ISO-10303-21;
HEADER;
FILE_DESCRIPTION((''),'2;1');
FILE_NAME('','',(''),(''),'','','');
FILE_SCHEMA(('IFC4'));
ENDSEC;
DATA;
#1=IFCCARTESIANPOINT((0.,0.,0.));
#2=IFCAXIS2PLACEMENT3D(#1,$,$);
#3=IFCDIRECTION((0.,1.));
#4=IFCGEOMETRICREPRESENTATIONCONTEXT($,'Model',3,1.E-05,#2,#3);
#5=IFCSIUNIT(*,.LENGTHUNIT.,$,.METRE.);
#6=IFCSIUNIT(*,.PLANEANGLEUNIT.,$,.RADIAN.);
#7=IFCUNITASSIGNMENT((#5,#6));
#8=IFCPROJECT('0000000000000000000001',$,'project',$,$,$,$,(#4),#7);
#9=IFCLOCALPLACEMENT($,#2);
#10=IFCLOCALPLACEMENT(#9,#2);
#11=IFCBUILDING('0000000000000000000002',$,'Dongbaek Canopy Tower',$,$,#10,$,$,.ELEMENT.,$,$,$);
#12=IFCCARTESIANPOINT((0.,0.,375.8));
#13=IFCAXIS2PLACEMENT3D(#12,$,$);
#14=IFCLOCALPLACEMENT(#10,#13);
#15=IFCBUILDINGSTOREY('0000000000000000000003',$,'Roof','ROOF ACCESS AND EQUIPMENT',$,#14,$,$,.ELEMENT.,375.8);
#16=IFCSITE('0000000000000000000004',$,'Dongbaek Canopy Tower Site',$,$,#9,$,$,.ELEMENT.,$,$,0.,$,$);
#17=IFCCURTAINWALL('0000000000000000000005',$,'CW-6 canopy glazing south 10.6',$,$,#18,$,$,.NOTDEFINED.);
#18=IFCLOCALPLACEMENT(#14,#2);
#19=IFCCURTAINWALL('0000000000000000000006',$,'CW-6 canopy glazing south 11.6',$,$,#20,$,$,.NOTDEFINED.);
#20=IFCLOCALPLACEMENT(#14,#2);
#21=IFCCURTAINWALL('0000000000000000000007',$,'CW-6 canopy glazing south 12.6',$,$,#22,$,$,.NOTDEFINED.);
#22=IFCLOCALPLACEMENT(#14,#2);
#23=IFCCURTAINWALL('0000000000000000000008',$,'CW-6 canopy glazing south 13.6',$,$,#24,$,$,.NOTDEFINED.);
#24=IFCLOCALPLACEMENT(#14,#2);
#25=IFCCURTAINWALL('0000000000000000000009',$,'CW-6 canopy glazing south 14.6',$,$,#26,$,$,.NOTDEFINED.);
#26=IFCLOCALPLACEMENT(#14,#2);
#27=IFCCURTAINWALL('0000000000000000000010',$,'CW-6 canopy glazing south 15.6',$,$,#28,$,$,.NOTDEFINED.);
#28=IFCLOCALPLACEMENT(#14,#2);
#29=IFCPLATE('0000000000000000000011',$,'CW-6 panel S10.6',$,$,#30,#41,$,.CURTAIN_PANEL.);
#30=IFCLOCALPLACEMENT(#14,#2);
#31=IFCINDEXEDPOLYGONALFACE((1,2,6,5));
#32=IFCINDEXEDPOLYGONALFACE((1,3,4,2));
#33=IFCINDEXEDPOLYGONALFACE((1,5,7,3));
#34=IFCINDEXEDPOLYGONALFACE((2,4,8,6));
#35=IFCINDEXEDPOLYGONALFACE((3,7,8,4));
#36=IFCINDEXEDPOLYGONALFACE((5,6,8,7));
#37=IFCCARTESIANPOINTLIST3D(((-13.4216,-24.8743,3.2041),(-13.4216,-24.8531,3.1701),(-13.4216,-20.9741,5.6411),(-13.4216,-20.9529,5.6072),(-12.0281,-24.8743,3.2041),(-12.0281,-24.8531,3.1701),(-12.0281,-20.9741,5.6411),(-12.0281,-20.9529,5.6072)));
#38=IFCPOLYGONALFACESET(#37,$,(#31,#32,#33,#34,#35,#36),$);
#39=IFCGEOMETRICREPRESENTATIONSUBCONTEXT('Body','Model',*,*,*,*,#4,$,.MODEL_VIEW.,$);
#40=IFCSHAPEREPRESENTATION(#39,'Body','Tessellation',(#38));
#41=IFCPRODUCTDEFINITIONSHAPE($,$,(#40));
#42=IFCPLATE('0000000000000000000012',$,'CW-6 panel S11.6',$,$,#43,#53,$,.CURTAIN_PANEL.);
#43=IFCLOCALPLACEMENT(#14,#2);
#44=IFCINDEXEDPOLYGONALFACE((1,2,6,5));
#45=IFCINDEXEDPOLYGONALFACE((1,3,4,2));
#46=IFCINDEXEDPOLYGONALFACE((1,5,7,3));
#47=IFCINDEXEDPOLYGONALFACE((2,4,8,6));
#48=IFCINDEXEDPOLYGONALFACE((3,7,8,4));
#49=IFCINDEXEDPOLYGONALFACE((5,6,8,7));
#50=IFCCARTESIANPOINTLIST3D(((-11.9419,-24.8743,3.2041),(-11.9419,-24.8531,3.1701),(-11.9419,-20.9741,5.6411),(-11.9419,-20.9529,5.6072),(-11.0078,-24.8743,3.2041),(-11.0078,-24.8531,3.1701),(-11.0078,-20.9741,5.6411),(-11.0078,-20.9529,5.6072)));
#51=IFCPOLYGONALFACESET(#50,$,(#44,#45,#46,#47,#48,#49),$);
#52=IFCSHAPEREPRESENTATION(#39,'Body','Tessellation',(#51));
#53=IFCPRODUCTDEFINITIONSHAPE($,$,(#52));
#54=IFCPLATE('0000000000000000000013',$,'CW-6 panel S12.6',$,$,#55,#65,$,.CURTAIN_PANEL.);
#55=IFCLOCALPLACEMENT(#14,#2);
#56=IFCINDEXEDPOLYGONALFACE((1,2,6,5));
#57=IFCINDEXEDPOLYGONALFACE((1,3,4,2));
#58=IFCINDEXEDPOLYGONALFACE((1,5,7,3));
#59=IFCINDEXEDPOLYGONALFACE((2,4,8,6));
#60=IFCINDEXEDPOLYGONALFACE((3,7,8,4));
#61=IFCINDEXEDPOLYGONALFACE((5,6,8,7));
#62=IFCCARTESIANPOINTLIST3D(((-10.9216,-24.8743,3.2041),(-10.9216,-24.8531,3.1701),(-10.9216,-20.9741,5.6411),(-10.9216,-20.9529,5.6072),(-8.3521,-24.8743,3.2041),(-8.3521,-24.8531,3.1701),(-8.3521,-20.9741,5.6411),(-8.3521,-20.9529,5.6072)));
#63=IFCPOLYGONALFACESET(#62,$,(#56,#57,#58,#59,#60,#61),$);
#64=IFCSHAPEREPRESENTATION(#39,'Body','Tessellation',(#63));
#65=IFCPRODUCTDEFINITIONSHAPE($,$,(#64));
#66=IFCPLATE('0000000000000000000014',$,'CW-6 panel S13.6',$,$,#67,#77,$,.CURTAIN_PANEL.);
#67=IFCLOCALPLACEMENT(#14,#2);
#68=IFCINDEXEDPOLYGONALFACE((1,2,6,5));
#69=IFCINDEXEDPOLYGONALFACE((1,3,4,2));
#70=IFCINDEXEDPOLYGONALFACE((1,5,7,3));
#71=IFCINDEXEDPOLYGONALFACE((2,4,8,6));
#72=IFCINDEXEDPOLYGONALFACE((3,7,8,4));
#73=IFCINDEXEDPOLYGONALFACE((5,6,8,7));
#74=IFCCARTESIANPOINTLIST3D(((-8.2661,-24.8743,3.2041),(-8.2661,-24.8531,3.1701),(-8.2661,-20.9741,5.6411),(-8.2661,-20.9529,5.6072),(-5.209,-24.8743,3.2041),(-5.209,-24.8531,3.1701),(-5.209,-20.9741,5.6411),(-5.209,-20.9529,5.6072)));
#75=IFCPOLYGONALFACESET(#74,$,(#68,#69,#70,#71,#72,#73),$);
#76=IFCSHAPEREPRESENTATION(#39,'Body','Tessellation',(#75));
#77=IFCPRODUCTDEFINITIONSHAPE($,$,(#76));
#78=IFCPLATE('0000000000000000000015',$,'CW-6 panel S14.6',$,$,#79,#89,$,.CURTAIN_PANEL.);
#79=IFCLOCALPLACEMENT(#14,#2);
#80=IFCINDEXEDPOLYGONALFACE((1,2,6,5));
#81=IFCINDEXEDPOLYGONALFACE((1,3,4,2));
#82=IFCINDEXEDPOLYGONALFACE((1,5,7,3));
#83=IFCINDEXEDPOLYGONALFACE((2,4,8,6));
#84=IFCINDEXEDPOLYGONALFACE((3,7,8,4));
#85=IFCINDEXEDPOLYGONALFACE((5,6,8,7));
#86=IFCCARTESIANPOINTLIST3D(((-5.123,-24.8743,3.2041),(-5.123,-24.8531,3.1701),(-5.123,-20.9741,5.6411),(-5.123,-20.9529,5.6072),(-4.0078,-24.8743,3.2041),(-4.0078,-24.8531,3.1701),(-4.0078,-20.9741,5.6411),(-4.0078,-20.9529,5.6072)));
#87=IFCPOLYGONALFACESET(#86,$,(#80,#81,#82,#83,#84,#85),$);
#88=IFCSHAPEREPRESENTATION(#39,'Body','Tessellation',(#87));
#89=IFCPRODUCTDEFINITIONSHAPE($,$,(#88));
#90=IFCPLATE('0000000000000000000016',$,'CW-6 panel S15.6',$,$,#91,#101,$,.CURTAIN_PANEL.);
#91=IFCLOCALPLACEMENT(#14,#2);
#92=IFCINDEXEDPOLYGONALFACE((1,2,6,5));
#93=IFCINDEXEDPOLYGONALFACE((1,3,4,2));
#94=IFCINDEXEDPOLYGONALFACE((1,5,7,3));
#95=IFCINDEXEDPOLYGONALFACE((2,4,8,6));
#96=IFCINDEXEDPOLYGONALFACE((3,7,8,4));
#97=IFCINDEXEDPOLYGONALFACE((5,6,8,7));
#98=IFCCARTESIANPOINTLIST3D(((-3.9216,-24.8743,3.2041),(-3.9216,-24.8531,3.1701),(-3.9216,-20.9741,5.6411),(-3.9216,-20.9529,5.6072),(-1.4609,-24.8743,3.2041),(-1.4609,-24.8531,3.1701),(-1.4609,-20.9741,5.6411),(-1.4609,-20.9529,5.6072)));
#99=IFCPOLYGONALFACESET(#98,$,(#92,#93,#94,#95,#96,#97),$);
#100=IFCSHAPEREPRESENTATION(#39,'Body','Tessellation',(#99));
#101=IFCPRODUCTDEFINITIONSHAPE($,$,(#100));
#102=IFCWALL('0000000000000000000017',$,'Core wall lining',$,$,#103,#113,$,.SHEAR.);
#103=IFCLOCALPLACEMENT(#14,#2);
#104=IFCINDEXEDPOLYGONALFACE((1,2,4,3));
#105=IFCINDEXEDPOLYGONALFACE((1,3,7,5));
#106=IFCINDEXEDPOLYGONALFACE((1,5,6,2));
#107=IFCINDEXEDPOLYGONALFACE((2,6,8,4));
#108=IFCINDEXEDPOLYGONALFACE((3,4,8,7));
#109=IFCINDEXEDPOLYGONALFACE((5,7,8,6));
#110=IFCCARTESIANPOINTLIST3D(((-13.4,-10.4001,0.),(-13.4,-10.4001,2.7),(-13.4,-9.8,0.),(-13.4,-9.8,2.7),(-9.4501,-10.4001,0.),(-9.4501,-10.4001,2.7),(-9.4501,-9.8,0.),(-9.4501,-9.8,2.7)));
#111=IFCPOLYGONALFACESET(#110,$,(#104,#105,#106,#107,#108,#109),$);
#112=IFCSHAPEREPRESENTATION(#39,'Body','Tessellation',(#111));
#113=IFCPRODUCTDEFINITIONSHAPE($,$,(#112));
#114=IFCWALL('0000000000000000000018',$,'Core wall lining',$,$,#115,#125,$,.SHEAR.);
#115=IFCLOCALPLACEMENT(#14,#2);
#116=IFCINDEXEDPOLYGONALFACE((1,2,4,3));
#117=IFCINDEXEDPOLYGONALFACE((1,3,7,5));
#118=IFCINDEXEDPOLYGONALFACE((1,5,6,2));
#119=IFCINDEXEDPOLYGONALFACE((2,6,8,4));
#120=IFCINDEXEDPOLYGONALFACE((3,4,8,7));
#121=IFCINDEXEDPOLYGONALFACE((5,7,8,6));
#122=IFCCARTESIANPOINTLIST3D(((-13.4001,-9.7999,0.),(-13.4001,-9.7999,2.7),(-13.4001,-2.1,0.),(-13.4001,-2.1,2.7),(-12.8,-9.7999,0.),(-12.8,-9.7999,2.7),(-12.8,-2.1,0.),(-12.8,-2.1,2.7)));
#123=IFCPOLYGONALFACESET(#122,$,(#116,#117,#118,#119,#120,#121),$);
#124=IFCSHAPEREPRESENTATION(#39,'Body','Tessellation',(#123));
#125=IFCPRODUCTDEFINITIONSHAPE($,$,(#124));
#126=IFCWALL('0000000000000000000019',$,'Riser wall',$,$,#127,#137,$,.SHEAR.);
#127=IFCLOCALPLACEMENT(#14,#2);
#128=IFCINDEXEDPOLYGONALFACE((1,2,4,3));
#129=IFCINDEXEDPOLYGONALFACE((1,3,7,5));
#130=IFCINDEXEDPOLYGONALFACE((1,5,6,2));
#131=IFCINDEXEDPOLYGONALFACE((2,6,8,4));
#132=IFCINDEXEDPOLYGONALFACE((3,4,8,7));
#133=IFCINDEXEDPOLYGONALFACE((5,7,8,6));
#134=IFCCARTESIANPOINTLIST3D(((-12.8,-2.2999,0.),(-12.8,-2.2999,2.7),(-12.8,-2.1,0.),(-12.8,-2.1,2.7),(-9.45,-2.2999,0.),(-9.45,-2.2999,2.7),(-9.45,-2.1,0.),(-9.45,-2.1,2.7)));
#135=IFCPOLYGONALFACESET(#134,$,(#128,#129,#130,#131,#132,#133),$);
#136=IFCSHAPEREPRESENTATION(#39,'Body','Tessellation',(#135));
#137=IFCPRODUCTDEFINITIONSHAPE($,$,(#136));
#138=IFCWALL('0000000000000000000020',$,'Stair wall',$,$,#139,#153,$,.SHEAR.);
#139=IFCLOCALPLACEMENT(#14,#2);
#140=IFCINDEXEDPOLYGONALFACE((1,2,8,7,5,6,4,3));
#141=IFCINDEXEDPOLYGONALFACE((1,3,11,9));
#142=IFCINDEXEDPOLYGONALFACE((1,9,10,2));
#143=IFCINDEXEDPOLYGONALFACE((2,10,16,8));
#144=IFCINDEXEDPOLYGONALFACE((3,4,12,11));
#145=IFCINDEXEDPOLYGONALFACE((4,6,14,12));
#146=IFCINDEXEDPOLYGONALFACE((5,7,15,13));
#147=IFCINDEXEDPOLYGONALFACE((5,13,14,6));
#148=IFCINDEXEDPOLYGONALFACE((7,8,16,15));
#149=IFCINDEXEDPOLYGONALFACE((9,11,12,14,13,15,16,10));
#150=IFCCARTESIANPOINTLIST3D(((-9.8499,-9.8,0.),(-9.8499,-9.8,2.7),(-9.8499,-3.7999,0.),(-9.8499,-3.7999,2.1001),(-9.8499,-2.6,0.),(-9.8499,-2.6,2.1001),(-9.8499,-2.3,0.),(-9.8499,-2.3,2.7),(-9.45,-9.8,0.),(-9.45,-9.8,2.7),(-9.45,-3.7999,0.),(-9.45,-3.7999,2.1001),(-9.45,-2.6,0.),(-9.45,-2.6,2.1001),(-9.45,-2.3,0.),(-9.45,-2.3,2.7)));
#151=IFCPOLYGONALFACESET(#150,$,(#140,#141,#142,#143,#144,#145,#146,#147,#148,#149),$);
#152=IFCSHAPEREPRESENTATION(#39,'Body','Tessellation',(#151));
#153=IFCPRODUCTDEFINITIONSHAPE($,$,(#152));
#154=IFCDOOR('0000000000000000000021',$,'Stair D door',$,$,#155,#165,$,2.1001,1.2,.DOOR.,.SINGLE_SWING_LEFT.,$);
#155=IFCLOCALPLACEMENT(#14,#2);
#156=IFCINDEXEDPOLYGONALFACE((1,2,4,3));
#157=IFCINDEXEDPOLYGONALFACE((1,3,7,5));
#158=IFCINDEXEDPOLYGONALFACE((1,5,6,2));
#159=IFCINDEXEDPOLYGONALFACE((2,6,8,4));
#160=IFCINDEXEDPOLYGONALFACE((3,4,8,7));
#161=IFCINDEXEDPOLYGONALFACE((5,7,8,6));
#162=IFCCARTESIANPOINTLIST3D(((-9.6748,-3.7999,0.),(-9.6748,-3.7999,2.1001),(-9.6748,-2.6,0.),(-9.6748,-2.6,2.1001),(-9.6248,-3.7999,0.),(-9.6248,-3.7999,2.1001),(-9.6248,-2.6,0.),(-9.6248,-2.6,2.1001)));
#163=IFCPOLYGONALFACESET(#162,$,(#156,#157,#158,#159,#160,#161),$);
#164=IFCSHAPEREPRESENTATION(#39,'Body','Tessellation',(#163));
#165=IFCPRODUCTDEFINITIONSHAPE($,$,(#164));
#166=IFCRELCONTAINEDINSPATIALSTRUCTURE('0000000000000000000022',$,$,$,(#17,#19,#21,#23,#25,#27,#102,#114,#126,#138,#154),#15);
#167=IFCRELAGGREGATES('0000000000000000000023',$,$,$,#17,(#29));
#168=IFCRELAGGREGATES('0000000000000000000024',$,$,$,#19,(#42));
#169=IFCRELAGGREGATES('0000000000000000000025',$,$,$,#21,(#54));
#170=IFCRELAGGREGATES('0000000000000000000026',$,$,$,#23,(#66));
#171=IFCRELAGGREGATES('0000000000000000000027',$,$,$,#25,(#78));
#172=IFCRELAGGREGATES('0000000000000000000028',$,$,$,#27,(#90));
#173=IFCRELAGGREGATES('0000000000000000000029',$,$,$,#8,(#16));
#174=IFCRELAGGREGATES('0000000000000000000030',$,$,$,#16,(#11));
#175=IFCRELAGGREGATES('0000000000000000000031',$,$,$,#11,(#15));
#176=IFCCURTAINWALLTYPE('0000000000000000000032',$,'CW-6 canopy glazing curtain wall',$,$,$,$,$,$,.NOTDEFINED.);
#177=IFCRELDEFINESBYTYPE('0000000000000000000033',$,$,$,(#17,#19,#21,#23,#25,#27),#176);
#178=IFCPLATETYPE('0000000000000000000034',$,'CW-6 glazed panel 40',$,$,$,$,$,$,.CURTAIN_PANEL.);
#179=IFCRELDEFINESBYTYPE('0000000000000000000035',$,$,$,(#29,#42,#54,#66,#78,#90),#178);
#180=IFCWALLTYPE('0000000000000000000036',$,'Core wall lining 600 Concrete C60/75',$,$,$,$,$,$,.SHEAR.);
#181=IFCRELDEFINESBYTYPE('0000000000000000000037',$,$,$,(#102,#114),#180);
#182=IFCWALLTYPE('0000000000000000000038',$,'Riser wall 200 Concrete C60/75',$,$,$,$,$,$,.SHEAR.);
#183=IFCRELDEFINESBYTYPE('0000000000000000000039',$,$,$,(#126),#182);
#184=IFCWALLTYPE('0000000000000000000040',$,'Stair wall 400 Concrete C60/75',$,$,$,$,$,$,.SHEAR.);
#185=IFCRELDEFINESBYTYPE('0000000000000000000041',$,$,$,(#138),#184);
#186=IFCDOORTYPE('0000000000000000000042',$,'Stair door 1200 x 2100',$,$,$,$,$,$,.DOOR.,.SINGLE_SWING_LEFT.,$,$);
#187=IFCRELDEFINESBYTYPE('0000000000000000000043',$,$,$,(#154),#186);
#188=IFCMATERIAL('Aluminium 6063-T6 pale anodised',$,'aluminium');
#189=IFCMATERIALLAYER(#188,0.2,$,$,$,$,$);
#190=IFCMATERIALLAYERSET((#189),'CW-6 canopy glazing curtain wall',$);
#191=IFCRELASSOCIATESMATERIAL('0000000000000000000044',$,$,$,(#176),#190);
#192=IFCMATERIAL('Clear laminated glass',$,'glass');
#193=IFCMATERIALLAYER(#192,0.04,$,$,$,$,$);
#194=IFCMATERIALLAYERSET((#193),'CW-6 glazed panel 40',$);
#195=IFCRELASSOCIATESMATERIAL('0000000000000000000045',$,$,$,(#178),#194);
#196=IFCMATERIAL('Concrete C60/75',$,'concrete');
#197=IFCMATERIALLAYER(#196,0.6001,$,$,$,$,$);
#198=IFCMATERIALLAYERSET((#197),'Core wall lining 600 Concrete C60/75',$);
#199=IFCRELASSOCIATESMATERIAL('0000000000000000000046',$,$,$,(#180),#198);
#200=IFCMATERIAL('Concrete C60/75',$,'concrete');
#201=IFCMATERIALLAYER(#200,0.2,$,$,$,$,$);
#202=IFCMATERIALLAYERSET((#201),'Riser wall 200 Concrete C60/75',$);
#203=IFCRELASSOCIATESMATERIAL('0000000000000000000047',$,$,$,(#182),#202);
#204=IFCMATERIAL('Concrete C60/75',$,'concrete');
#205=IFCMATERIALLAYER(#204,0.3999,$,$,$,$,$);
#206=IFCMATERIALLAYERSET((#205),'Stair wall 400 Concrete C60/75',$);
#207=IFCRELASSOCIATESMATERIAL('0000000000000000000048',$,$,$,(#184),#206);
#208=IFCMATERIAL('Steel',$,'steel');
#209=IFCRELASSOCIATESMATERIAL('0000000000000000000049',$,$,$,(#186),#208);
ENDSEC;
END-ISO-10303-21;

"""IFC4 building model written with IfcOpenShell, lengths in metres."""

from ifc_helpers import new_model, si_unit, direction, frame, frame_2d, origin, place, context, subcontext, project, spatial, polyline, rectangle, outline, extrude, material, layer, layer_set, type_object, element, fill, aggregate, save


model = new_model("IFC4")

# Units and contexts
model_context = context("Model", 3, precision=1e-05, world=origin(), true_north=direction((0.0, 1.0)))
body_context = subcontext(model_context, "Body", "Model", "MODEL_VIEW")
ifc_project = project(units=[si_unit("LENGTHUNIT", "METRE"), si_unit("PLANEANGLEUNIT", "RADIAN")], contexts=[model_context])

# Site, building, storey
site_placement = place(None, origin())
site = spatial("IfcSite", under=ifc_project, at=site_placement, Name="Dongbaek Canopy Tower Site", CompositionType="ELEMENT", RefElevation=0.0)
building_placement = place(site_placement, origin())
building = spatial("IfcBuilding", under=site, at=building_placement, Name="Dongbaek Canopy Tower", CompositionType="ELEMENT")
storey_placement = place(building_placement, frame((0.0, 0.0, 375.8)))
storey = spatial("IfcBuildingStorey", under=building, at=storey_placement, Name="Roof", Description="ROOF ACCESS AND EQUIPMENT", CompositionType="ELEMENT", Elevation=375.8)

# Curtain walls
ifc_material_1 = material(Name="Aluminium 6063-T6 pale anodised", Category="aluminium")
ifc_layer_1 = layer(ifc_material_1, 0.2)
ifc_layer_set_1 = layer_set([ifc_layer_1], Name="CW-6 canopy glazing curtain wall")
curtain_wall_type = type_object("IfcCurtainWallType", Name="CW-6 canopy glazing curtain wall", PredefinedType="NOTDEFINED", material=ifc_layer_set_1)
curtain_wall_1_placement = place(storey_placement, origin())
curtain_wall_1 = element("IfcCurtainWall", 1, at=curtain_wall_1_placement, inside=storey, type_object=curtain_wall_type, Name="CW-6 canopy glazing south 10.6", PredefinedType="NOTDEFINED")
curtain_wall_2_placement = place(storey_placement, origin())
curtain_wall_2 = element("IfcCurtainWall", 2, at=curtain_wall_2_placement, inside=storey, type_object=curtain_wall_type, Name="CW-6 canopy glazing south 11.6", PredefinedType="NOTDEFINED")
curtain_wall_3_placement = place(storey_placement, origin())
curtain_wall_3 = element("IfcCurtainWall", 3, at=curtain_wall_3_placement, inside=storey, type_object=curtain_wall_type, Name="CW-6 canopy glazing south 12.6", PredefinedType="NOTDEFINED")
curtain_wall_4_placement = place(storey_placement, origin())
curtain_wall_4 = element("IfcCurtainWall", 4, at=curtain_wall_4_placement, inside=storey, type_object=curtain_wall_type, Name="CW-6 canopy glazing south 13.6", PredefinedType="NOTDEFINED")
curtain_wall_5_placement = place(storey_placement, origin())
curtain_wall_5 = element("IfcCurtainWall", 5, at=curtain_wall_5_placement, inside=storey, type_object=curtain_wall_type, Name="CW-6 canopy glazing south 14.6", PredefinedType="NOTDEFINED")
curtain_wall_6_placement = place(storey_placement, origin())
curtain_wall_6 = element("IfcCurtainWall", 6, at=curtain_wall_6_placement, inside=storey, type_object=curtain_wall_type, Name="CW-6 canopy glazing south 15.6", PredefinedType="NOTDEFINED")

# Plates
ifc_material_2 = material(Name="Clear laminated glass", Category="glass")
ifc_layer_2 = layer(ifc_material_2, 0.04)
ifc_layer_set_2 = layer_set([ifc_layer_2], Name="CW-6 glazed panel 40")
plate_type = type_object("IfcPlateType", Name="CW-6 glazed panel 40", PredefinedType="CURTAIN_PANEL", material=ifc_layer_set_2)
plate_1_placement = place(storey_placement, frame((-13.4216, -20.9741, 5.6411), z_axis=(0.0, -0.529908, 0.848055), x_axis=(1.0, 0.0, 0.0)))
plate_1 = element("IfcPlate", 7, at=plate_1_placement, type_object=plate_type, Name="CW-6 panel S10.6", PredefinedType="CURTAIN_PANEL", context=body_context, shape_type="SweptSolid", body=[
    extrude(outline(polyline([(0.0, 0.0), (1.3936, 0.0), (1.3936, -4.5989), (0.0, -4.5989), (0.0, 0.0)])), origin(), (0.0, 0.0, -1.0), 0.04),
])
aggregate(curtain_wall_1, [plate_1])
plate_2_placement = place(storey_placement, frame((-11.9419, -20.9741, 5.6411), z_axis=(0.0, -0.529908, 0.848055), x_axis=(1.0, 0.0, 0.0)))
plate_2 = element("IfcPlate", 8, at=plate_2_placement, type_object=plate_type, Name="CW-6 panel S11.6", PredefinedType="CURTAIN_PANEL", context=body_context, shape_type="SweptSolid", body=[
    extrude(outline(polyline([(0.0, 0.0), (0.9341, 0.0), (0.9341, -4.5989), (0.0, -4.5989), (0.0, 0.0)])), origin(), (0.0, 0.0, -1.0), 0.04),
])
aggregate(curtain_wall_2, [plate_2])
plate_3_placement = place(storey_placement, frame((-10.9216, -20.9741, 5.6411), z_axis=(0.0, -0.529908, 0.848055), x_axis=(1.0, 0.0, 0.0)))
plate_3 = element("IfcPlate", 9, at=plate_3_placement, type_object=plate_type, Name="CW-6 panel S12.6", PredefinedType="CURTAIN_PANEL", context=body_context, shape_type="SweptSolid", body=[
    extrude(outline(polyline([(0.0, 0.0), (2.5696, 0.0), (2.5696, -4.5989), (0.0, -4.5989), (0.0, 0.0)])), origin(), (0.0, 0.0, -1.0), 0.04),
])
aggregate(curtain_wall_3, [plate_3])
plate_4_placement = place(storey_placement, frame((-5.209, -24.8743, 3.2041), z_axis=(0.0, -0.529908, 0.848055), x_axis=(-1.0, 0.0, 0.0)))
plate_4 = element("IfcPlate", 10, at=plate_4_placement, type_object=plate_type, Name="CW-6 panel S13.6", PredefinedType="CURTAIN_PANEL", context=body_context, shape_type="SweptSolid", body=[
    extrude(outline(polyline([(0.0, 0.0), (3.0571, 0.0), (3.0571, -4.5989), (0.0, -4.5989), (0.0, 0.0)])), origin(), (0.0, 0.0, -1.0), 0.04),
])
aggregate(curtain_wall_4, [plate_4])
plate_5_placement = place(storey_placement, frame((-4.0078, -24.8743, 3.2041), z_axis=(0.0, -0.529908, 0.848055), x_axis=(-1.0, 0.0, 0.0)))
plate_5 = element("IfcPlate", 11, at=plate_5_placement, type_object=plate_type, Name="CW-6 panel S14.6", PredefinedType="CURTAIN_PANEL", context=body_context, shape_type="SweptSolid", body=[
    extrude(outline(polyline([(0.0, 0.0), (1.1152, 0.0), (1.1152, -4.5989), (0.0, -4.5989), (0.0, 0.0)])), origin(), (0.0, 0.0, -1.0), 0.04),
])
aggregate(curtain_wall_5, [plate_5])
plate_6_placement = place(storey_placement, frame((-1.4609, -24.8743, 3.2041), z_axis=(0.0, -0.529908, 0.848055), x_axis=(-1.0, 0.0, 0.0)))
plate_6 = element("IfcPlate", 12, at=plate_6_placement, type_object=plate_type, Name="CW-6 panel S15.6", PredefinedType="CURTAIN_PANEL", context=body_context, shape_type="SweptSolid", body=[
    extrude(outline(polyline([(0.0, 0.0), (2.4607, 0.0), (2.4607, -4.5989), (0.0, -4.5989), (0.0, 0.0)])), origin(), (0.0, 0.0, -1.0), 0.04),
])
aggregate(curtain_wall_6, [plate_6])

# Walls
ifc_material_3 = material(Name="Concrete C60/75", Category="concrete")
ifc_layer_3 = layer(ifc_material_3, 0.6001)
ifc_layer_set_3 = layer_set([ifc_layer_3], Name="Core wall lining 600 Concrete C60/75")
wall_type_1 = type_object("IfcWallType", Name="Core wall lining 600 Concrete C60/75", PredefinedType="SHEAR", material=ifc_layer_set_3)
wall_1_placement = place(storey_placement, frame((-9.45, -10.1001, 0.0), z_axis=(0.0, 0.0, 1.0), x_axis=(-1.0, 0.0, 0.0)))
element("IfcWall", 13, at=wall_1_placement, inside=storey, type_object=wall_type_1, Name="Core wall lining", PredefinedType="SHEAR", context=body_context, shape_type="SweptSolid", body=[
    extrude(rectangle(XDim=3.95, YDim=0.6001, at=frame_2d((1.9751, 0.0))), origin(), (0.0, 0.0, 1.0), 2.7),
])
wall_2_placement = place(storey_placement, frame((-13.1001, -9.8, 0.0), z_axis=(0.0, 0.0, 1.0), x_axis=(0.0, 1.0, 0.0)))
element("IfcWall", 14, at=wall_2_placement, inside=storey, type_object=wall_type_1, Name="Core wall lining", PredefinedType="SHEAR", context=body_context, shape_type="SweptSolid", body=[
    extrude(rectangle(XDim=7.7, YDim=0.6001, at=frame_2d((3.8501, 0.0))), origin(), (0.0, 0.0, 1.0), 2.7),
])
ifc_material_4 = material(Name="Concrete C60/75", Category="concrete")
ifc_layer_4 = layer(ifc_material_4, 0.2)
ifc_layer_set_4 = layer_set([ifc_layer_4], Name="Riser wall 200 Concrete C60/75")
wall_type_2 = type_object("IfcWallType", Name="Riser wall 200 Concrete C60/75", PredefinedType="SHEAR", material=ifc_layer_set_4)
wall_3_placement = place(storey_placement, frame((-9.45, -2.2, 0.0), z_axis=(0.0, 0.0, 1.0), x_axis=(-1.0, 0.0, 0.0)))
element("IfcWall", 15, at=wall_3_placement, inside=storey, type_object=wall_type_2, Name="Riser wall", PredefinedType="SHEAR", context=body_context, shape_type="SweptSolid", body=[
    extrude(rectangle(XDim=3.3501, YDim=0.2, at=frame_2d((1.675, 0.0))), origin(), (0.0, 0.0, 1.0), 2.7),
])

# Wall, opening, door
ifc_material_5 = material(Name="Concrete C60/75", Category="concrete")
ifc_layer_5 = layer(ifc_material_5, 0.3999)
ifc_layer_set_5 = layer_set([ifc_layer_5], Name="Stair wall 400 Concrete C60/75")
wall_type_3 = type_object("IfcWallType", Name="Stair wall 400 Concrete C60/75", PredefinedType="SHEAR", material=ifc_layer_set_5)
wall_4_placement = place(storey_placement, frame((-9.6499, -9.8, 0.0), z_axis=(0.0, 0.0, 1.0), x_axis=(0.0, 1.0, 0.0)))
wall_4 = element("IfcWall", 16, at=wall_4_placement, inside=storey, type_object=wall_type_3, Name="Stair wall", PredefinedType="SHEAR", context=body_context, shape_type="SweptSolid", body=[
    extrude(rectangle(XDim=7.5, YDim=0.3999, at=frame_2d((3.75, 0.0))), origin(), (0.0, 0.0, 1.0), 2.7),
])
opening_placement = place(wall_4_placement, frame((6.0, 0.0, 0.0)))
opening = element("IfcOpeningElement", 17, at=opening_placement, cuts=wall_4, PredefinedType="OPENING", context=body_context, shape_type="SweptSolid", body=[
    extrude(rectangle(XDim=1.2, YDim=2.1001, at=frame_2d((0.6001, 1.05))), frame((0.0, 0.21, 0.0), z_axis=(0.0, -1.0, 0.0), x_axis=(1.0, 0.0, 0.0)), (0.0, 0.0, 1.0), 0.4199),
])
ifc_material_6 = material(Name="Steel", Category="steel")
door_type = type_object("IfcDoorType", Name="Stair door 1200 x 2100", OperationType="SINGLE_SWING_LEFT", PredefinedType="DOOR", material=ifc_material_6)
door_placement = place(opening_placement, origin())
door = element("IfcDoor", 18, at=door_placement, inside=storey, type_object=door_type, Name="Stair D door", OperationType="SINGLE_SWING_LEFT", OverallHeight=2.1001, OverallWidth=1.2, PredefinedType="DOOR", context=body_context, shape_type="SweptSolid", body=[
    extrude(rectangle(XDim=1.2, YDim=2.1001, at=frame_2d((0.6001, 1.05))), frame((0.0, 0.0249, 0.0), z_axis=(0.0, -1.0, 0.0), x_axis=(1.0, 0.0, 0.0)), (0.0, 0.0, 1.0), 0.05),
])
fill(opening, door)

save(model, "model.ifc")
